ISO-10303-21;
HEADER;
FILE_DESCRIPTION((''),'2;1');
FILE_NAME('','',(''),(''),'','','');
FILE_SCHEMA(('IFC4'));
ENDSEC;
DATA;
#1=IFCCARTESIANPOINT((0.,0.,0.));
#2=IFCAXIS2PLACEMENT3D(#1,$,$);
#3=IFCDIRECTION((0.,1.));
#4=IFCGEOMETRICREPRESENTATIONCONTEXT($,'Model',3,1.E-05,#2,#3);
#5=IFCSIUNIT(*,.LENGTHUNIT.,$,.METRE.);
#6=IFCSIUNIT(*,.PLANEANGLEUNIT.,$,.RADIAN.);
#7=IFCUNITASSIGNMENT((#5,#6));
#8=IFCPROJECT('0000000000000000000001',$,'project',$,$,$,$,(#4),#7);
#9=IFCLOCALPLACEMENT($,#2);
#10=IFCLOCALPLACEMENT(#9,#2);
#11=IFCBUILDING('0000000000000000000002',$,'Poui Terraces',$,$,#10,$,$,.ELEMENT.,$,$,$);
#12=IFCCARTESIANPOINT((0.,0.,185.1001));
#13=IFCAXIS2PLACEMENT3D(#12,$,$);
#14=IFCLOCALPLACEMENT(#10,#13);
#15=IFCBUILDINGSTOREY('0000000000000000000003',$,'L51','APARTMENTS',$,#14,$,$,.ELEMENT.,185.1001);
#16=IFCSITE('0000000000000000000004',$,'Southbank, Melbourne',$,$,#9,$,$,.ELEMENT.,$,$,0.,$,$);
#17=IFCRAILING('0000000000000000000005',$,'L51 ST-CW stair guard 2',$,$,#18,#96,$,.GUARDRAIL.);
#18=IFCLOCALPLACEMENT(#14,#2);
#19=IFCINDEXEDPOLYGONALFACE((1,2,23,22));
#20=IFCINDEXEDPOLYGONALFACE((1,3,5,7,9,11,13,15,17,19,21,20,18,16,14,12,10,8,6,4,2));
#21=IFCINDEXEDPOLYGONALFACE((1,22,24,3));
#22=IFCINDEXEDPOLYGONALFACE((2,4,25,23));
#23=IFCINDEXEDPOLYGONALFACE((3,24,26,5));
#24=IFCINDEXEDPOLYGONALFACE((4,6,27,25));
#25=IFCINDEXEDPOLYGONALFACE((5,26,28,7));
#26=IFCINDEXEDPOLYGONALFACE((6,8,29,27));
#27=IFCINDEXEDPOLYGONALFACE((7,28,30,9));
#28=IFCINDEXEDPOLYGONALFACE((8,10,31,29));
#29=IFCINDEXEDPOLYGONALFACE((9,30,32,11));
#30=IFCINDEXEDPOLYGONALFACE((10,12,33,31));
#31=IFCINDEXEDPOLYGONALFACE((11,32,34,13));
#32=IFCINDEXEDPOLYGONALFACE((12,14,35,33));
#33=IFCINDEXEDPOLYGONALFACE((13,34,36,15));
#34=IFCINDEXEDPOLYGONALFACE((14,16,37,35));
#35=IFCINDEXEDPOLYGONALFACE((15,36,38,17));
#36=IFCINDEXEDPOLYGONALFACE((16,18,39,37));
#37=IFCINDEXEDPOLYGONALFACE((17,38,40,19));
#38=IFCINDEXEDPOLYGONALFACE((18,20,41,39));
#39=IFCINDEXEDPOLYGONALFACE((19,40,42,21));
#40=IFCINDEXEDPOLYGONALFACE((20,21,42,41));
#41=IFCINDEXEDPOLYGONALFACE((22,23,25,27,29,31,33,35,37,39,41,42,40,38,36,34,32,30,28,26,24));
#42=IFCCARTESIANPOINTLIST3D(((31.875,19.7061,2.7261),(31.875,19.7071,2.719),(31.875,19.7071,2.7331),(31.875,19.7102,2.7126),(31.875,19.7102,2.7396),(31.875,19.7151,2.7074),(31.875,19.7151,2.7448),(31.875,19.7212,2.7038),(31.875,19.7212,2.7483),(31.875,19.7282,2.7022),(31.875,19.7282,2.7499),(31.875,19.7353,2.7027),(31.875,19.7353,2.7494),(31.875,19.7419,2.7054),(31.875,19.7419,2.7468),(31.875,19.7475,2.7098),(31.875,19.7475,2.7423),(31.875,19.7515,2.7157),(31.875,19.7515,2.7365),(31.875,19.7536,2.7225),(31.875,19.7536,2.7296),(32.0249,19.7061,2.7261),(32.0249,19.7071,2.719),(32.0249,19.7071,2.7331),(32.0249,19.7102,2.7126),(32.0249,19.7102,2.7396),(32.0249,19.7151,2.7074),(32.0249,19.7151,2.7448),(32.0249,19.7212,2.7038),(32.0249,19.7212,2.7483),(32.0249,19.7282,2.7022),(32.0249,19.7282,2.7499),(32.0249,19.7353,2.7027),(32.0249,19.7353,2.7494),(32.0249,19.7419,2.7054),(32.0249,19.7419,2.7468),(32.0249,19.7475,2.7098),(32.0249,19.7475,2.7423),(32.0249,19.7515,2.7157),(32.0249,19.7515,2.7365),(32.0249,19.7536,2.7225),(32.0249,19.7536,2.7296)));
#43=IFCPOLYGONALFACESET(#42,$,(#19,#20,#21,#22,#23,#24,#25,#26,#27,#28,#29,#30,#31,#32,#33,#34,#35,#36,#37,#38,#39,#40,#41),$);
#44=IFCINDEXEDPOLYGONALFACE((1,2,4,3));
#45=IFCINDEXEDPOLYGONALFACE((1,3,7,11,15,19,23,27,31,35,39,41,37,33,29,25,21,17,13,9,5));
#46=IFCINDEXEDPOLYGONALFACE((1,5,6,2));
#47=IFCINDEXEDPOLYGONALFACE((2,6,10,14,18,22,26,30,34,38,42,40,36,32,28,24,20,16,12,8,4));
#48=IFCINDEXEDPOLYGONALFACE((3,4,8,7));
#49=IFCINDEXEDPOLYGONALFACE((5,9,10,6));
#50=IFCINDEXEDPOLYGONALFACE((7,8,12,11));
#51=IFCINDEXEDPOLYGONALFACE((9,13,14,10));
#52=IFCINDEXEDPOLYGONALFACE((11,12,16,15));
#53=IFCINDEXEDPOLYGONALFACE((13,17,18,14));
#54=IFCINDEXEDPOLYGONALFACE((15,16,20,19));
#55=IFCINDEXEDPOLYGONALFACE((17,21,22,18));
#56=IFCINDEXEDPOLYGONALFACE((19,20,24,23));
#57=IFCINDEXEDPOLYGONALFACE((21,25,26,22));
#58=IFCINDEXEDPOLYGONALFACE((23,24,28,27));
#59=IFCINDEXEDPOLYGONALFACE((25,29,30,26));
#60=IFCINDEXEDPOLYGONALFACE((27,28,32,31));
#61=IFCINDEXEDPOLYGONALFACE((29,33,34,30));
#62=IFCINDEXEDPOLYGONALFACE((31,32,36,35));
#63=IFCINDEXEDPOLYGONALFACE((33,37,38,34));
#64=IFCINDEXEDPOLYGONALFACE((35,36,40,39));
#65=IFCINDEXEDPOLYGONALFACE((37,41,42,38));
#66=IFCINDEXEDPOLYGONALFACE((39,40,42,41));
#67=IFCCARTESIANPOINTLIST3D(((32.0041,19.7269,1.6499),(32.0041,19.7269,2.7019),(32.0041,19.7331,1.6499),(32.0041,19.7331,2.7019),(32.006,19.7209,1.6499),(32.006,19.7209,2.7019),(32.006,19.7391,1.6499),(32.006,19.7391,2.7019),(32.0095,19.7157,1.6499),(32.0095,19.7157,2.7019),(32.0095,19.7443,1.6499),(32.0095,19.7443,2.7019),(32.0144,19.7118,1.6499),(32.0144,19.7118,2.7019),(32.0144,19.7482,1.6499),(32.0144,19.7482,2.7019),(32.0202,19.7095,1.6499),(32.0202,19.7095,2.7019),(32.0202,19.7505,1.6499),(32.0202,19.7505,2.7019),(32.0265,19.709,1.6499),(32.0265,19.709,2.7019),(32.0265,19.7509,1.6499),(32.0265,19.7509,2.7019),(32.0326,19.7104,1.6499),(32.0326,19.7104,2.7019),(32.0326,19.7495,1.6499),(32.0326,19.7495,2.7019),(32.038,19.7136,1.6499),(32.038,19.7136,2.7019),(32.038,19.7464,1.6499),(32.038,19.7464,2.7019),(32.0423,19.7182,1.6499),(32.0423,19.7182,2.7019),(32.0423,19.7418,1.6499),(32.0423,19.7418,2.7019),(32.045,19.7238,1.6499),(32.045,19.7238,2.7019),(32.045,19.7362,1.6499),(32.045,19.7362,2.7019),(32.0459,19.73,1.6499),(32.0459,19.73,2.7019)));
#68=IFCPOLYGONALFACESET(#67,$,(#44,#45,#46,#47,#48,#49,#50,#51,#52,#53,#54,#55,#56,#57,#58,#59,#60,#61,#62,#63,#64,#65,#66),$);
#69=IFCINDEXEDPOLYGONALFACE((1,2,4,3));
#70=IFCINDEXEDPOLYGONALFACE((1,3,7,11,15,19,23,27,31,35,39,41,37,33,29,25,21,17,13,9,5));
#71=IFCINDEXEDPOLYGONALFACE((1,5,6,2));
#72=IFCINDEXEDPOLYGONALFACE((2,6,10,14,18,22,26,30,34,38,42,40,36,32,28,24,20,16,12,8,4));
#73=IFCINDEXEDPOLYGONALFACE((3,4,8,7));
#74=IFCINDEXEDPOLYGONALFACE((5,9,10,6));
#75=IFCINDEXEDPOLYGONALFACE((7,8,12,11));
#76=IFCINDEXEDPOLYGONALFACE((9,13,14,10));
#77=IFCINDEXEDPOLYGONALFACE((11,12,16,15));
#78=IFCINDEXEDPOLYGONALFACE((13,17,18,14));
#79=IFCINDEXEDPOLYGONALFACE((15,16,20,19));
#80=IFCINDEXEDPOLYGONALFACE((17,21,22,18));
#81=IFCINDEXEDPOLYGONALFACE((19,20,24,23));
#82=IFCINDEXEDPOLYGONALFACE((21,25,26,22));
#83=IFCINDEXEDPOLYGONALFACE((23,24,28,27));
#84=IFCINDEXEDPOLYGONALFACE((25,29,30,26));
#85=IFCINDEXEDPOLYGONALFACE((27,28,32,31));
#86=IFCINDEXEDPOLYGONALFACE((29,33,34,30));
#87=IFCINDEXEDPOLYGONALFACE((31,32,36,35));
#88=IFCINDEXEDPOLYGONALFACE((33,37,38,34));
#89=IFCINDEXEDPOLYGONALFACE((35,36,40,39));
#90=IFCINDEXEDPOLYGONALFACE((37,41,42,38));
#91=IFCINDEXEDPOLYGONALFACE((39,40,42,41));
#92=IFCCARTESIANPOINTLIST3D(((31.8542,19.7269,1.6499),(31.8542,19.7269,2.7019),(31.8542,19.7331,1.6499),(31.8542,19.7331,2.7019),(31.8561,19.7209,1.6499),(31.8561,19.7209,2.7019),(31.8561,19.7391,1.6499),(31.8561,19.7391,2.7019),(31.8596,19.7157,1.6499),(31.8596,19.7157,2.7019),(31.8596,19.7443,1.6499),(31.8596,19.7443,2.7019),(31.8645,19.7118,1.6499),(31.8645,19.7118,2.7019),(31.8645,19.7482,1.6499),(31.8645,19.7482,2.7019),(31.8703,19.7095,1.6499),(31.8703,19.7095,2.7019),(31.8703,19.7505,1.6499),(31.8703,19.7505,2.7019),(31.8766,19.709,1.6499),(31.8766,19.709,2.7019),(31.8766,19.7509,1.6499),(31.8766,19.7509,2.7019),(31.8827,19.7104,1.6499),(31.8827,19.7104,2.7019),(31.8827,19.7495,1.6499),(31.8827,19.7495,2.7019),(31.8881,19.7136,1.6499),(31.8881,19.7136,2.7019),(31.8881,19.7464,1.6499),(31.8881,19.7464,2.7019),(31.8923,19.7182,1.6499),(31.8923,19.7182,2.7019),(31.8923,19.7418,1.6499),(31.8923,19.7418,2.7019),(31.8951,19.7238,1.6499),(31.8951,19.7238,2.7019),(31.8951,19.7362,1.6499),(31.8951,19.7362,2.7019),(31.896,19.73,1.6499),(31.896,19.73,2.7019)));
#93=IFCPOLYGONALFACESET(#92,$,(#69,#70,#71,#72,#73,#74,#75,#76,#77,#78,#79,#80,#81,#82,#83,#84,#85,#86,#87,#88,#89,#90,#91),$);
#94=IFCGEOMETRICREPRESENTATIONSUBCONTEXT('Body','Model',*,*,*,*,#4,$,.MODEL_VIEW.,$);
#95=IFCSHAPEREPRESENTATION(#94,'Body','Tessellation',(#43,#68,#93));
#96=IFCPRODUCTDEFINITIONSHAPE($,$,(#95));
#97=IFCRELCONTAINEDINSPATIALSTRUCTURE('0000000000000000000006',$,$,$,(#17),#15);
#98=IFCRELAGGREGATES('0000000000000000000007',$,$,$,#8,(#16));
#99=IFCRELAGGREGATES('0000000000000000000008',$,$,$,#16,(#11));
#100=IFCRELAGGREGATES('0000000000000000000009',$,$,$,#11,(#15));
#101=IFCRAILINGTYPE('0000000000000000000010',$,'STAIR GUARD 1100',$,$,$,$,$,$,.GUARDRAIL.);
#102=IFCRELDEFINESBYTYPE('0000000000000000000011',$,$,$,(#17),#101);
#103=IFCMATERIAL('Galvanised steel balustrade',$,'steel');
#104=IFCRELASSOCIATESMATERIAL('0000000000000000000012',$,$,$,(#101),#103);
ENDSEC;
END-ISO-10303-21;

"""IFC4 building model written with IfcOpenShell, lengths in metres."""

from ifc_helpers import new_model, si_unit, direction, frame, origin, origin_2d, place, context, subcontext, project, spatial, circle, extrude, material, type_object, element, save


model = new_model("IFC4")

# Units and contexts
model_context = context("Model", 3, precision=1e-05, world=origin(), true_north=direction((0.0, 1.0)))
body_context = subcontext(model_context, "Body", "Model", "MODEL_VIEW")
ifc_project = project(units=[si_unit("LENGTHUNIT", "METRE"), si_unit("PLANEANGLEUNIT", "RADIAN")], contexts=[model_context])

# Site, building, storey
site_placement = place(None, origin())
site = spatial("IfcSite", under=ifc_project, at=site_placement, Name="Southbank, Melbourne", CompositionType="ELEMENT", RefElevation=0.0)
building_placement = place(site_placement, origin())
building = spatial("IfcBuilding", under=site, at=building_placement, Name="Poui Terraces", CompositionType="ELEMENT")
storey_placement = place(building_placement, frame((0.0, 0.0, 185.1001)))
storey = spatial("IfcBuildingStorey", under=building, at=storey_placement, Name="L51", Description="APARTMENTS", CompositionType="ELEMENT", Elevation=185.1001)

# Railing
ifc_material_1 = material(Name="Galvanised steel balustrade", Category="steel")
railing_type_1 = type_object("IfcRailingType", Name="STAIR GUARD 1100", PredefinedType="GUARDRAIL", material=ifc_material_1)
railing_1_placement = place(storey_placement, frame((32.0249, 19.73, 1.6499)))
element("IfcRailing", 1, at=railing_1_placement, inside=storey, type_object=railing_type_1, Name="L51 ST-CW stair guard 2", PredefinedType="GUARDRAIL", context=body_context, shape_type="SweptSolid", body=[
    extrude(circle(Radius=0.0239, at=origin_2d()), frame((0.0, 0.0, 1.0762), z_axis=(-1.0, 0.0, 0.0), x_axis=(0.0, -1.0, 0.0)), (0.0, 0.0, 1.0), 0.1499),
    extrude(circle(Radius=0.021, at=origin_2d()), origin(), (0.0, 0.0, 1.0), 1.052),
    extrude(circle(Radius=0.021, at=origin_2d()), frame((-0.1499, 0.0, 0.0)), (0.0, 0.0, 1.0), 1.052),
])

save(model, "model.ifc")
